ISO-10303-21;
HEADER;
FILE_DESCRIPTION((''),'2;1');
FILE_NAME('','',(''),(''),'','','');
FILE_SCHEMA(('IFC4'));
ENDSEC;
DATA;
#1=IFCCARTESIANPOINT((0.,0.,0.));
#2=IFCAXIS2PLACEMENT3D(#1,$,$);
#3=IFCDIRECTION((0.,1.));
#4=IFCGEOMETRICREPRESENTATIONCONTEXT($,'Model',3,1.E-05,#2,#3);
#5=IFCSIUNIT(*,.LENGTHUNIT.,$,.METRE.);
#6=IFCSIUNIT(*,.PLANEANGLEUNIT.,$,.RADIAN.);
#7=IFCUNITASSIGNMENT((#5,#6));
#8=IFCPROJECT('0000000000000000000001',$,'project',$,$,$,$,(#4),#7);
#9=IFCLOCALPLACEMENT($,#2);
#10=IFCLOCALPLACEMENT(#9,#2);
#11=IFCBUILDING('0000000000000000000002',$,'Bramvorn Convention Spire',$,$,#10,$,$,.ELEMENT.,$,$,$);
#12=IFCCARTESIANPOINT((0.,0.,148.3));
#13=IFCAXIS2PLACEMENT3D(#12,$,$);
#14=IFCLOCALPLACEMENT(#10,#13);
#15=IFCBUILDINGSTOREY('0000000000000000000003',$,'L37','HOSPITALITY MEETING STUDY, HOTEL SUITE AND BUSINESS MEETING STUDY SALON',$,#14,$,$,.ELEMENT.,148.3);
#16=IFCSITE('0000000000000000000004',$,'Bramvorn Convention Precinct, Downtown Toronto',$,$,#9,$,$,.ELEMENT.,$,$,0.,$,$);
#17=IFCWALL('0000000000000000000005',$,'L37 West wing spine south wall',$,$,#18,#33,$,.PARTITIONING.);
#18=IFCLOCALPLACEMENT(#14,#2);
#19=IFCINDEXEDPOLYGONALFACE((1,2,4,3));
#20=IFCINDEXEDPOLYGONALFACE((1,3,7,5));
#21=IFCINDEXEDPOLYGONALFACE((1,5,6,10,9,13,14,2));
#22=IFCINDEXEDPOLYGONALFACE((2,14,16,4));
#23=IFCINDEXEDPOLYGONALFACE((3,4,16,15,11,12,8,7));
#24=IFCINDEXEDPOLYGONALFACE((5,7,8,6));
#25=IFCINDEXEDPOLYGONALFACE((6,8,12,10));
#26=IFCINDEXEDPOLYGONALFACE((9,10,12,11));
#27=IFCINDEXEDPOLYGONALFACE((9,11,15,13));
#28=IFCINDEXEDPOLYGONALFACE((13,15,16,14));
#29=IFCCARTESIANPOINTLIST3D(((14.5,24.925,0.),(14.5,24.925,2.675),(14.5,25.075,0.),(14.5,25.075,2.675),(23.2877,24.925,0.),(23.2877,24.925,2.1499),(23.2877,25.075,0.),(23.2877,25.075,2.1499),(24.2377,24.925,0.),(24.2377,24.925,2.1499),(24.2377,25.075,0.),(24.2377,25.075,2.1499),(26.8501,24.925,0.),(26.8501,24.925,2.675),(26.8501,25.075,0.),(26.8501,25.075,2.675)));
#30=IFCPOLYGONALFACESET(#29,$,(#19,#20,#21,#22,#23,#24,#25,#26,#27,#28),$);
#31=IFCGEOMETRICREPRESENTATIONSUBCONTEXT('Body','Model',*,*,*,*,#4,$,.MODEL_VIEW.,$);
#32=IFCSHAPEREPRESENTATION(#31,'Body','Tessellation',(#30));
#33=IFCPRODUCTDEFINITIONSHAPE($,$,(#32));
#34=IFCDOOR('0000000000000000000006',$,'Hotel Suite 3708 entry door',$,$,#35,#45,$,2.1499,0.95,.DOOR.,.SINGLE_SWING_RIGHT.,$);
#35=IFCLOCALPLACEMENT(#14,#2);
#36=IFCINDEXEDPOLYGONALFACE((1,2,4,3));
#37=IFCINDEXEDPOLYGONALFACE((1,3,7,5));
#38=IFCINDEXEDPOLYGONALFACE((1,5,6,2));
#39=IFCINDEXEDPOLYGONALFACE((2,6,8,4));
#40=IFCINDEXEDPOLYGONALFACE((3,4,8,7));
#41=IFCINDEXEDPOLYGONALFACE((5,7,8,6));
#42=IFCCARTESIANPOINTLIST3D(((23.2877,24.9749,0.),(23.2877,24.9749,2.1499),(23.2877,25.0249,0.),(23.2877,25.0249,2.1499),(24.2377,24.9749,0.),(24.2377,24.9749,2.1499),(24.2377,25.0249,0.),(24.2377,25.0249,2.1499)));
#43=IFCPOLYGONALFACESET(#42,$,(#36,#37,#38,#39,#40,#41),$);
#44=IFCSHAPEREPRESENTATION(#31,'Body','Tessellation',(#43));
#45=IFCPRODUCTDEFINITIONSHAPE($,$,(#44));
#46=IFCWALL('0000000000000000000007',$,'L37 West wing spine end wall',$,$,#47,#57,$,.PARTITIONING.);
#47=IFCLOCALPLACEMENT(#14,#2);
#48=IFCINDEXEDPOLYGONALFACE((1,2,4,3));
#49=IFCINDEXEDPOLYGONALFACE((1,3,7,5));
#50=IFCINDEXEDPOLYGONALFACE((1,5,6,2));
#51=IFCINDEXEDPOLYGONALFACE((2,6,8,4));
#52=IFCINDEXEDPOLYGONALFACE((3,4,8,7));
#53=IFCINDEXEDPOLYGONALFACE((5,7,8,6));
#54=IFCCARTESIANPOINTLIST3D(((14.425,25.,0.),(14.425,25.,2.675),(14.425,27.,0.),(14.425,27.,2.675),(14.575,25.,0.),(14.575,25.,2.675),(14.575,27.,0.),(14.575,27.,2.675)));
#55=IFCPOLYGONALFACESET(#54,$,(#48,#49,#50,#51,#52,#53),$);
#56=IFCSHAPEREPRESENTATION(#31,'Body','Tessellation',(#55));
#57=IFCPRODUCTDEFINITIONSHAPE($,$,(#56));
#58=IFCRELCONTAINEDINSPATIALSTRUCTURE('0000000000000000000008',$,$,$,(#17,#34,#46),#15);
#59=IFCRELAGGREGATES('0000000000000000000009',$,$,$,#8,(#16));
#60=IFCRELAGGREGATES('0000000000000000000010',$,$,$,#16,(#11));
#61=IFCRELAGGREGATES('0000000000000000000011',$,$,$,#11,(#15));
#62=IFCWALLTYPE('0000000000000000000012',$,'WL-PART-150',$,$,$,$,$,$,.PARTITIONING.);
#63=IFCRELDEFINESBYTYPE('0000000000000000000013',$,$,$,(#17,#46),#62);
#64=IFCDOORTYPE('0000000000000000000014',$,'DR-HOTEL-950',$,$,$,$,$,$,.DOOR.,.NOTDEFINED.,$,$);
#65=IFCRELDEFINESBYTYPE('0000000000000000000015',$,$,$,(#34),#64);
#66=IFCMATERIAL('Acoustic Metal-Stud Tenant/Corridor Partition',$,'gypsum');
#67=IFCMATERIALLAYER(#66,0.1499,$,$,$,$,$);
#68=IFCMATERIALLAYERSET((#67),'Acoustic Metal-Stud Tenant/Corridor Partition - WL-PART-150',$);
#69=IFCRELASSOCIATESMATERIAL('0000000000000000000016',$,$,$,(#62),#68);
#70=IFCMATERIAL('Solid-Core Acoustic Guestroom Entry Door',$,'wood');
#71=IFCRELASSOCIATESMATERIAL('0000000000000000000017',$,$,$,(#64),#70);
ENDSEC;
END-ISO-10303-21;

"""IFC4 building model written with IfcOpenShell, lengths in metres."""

from ifc_helpers import new_model, si_unit, direction, frame, frame_2d, origin, place, context, subcontext, project, spatial, rectangle, extrude, material, layer, layer_set, type_object, element, fill, save


model = new_model("IFC4")

# Units and contexts
model_context = context("Model", 3, precision=1e-05, world=origin(), true_north=direction((0.0, 1.0)))
body_context = subcontext(model_context, "Body", "Model", "MODEL_VIEW")
ifc_project = project(units=[si_unit("LENGTHUNIT", "METRE"), si_unit("PLANEANGLEUNIT", "RADIAN")], contexts=[model_context])

# Site, building, storey
site_placement = place(None, origin())
site = spatial("IfcSite", under=ifc_project, at=site_placement, Name="Bramvorn Convention Precinct, Downtown Toronto", CompositionType="ELEMENT", RefElevation=0.0)
building_placement = place(site_placement, origin())
building = spatial("IfcBuilding", under=site, at=building_placement, Name="Bramvorn Convention Spire", CompositionType="ELEMENT")
storey_placement = place(building_placement, frame((0.0, 0.0, 148.3)))
storey = spatial("IfcBuildingStorey", under=building, at=storey_placement, Name="L37", Description="HOSPITALITY MEETING STUDY, HOTEL SUITE AND BUSINESS MEETING STUDY SALON", CompositionType="ELEMENT", Elevation=148.3)

# Wall, opening, door
ifc_material_1 = material(Name="Acoustic Metal-Stud Tenant/Corridor Partition", Category="gypsum")
ifc_layer_1 = layer(ifc_material_1, 0.1499)
ifc_layer_set_1 = layer_set([ifc_layer_1], Name="Acoustic Metal-Stud Tenant/Corridor Partition - WL-PART-150")
wall_type_1 = type_object("IfcWallType", Name="WL-PART-150", PredefinedType="PARTITIONING", material=ifc_layer_set_1)
wall_1_placement = place(storey_placement, frame((14.5, 25.0, 0.0), z_axis=(0.0, 0.0, 1.0), x_axis=(1.0, 0.0, 0.0)))
wall_1 = element("IfcWall", 1, at=wall_1_placement, inside=storey, type_object=wall_type_1, Name="L37 West wing spine south wall", PredefinedType="PARTITIONING", context=body_context, shape_type="SweptSolid", body=[
    extrude(rectangle(XDim=12.3501, YDim=0.1499, at=frame_2d((6.175, 0.0))), origin(), (0.0, 0.0, 1.0), 2.675),
])
opening_1_placement = place(wall_1_placement, frame((8.7876, 0.0, 0.0)))
opening_1 = element("IfcOpeningElement", 2, at=opening_1_placement, cuts=wall_1, PredefinedType="OPENING", context=body_context, shape_type="SweptSolid", body=[
    extrude(rectangle(XDim=0.95, YDim=2.1499, at=frame_2d((0.4751, 1.075))), frame((0.0, 0.085, 0.0), z_axis=(0.0, -1.0, 0.0), x_axis=(1.0, 0.0, 0.0)), (0.0, 0.0, 1.0), 0.1699),
])
ifc_material_2 = material(Name="Solid-Core Acoustic Guestroom Entry Door", Category="wood")
door_type_1 = type_object("IfcDoorType", Name="DR-HOTEL-950", OperationType="NOTDEFINED", PredefinedType="DOOR", material=ifc_material_2)
door_1_placement = place(opening_1_placement, origin())
door_1 = element("IfcDoor", 3, at=door_1_placement, inside=storey, type_object=door_type_1, Name="Hotel Suite 3708 entry door", OperationType="SINGLE_SWING_RIGHT", OverallHeight=2.1499, OverallWidth=0.95, PredefinedType="DOOR", context=body_context, shape_type="SweptSolid", body=[
    extrude(rectangle(XDim=0.95, YDim=2.1499, at=frame_2d((0.4751, 1.075))), frame((0.0, 0.0249, 0.0), z_axis=(0.0, -1.0, 0.0), x_axis=(1.0, 0.0, 0.0)), (0.0, 0.0, 1.0), 0.05),
])
fill(opening_1, door_1)

# Wall
wall_2_placement = place(storey_placement, frame((14.5, 25.0, 0.0), z_axis=(0.0, 0.0, 1.0), x_axis=(0.0, 1.0, 0.0)))
element("IfcWall", 4, at=wall_2_placement, inside=storey, type_object=wall_type_1, Name="L37 West wing spine end wall", PredefinedType="PARTITIONING", context=body_context, shape_type="SweptSolid", body=[
    extrude(rectangle(XDim=2.0, YDim=0.1499, at=frame_2d((1.0, 0.0))), origin(), (0.0, 0.0, 1.0), 2.675),
])

save(model, "model.ifc")
